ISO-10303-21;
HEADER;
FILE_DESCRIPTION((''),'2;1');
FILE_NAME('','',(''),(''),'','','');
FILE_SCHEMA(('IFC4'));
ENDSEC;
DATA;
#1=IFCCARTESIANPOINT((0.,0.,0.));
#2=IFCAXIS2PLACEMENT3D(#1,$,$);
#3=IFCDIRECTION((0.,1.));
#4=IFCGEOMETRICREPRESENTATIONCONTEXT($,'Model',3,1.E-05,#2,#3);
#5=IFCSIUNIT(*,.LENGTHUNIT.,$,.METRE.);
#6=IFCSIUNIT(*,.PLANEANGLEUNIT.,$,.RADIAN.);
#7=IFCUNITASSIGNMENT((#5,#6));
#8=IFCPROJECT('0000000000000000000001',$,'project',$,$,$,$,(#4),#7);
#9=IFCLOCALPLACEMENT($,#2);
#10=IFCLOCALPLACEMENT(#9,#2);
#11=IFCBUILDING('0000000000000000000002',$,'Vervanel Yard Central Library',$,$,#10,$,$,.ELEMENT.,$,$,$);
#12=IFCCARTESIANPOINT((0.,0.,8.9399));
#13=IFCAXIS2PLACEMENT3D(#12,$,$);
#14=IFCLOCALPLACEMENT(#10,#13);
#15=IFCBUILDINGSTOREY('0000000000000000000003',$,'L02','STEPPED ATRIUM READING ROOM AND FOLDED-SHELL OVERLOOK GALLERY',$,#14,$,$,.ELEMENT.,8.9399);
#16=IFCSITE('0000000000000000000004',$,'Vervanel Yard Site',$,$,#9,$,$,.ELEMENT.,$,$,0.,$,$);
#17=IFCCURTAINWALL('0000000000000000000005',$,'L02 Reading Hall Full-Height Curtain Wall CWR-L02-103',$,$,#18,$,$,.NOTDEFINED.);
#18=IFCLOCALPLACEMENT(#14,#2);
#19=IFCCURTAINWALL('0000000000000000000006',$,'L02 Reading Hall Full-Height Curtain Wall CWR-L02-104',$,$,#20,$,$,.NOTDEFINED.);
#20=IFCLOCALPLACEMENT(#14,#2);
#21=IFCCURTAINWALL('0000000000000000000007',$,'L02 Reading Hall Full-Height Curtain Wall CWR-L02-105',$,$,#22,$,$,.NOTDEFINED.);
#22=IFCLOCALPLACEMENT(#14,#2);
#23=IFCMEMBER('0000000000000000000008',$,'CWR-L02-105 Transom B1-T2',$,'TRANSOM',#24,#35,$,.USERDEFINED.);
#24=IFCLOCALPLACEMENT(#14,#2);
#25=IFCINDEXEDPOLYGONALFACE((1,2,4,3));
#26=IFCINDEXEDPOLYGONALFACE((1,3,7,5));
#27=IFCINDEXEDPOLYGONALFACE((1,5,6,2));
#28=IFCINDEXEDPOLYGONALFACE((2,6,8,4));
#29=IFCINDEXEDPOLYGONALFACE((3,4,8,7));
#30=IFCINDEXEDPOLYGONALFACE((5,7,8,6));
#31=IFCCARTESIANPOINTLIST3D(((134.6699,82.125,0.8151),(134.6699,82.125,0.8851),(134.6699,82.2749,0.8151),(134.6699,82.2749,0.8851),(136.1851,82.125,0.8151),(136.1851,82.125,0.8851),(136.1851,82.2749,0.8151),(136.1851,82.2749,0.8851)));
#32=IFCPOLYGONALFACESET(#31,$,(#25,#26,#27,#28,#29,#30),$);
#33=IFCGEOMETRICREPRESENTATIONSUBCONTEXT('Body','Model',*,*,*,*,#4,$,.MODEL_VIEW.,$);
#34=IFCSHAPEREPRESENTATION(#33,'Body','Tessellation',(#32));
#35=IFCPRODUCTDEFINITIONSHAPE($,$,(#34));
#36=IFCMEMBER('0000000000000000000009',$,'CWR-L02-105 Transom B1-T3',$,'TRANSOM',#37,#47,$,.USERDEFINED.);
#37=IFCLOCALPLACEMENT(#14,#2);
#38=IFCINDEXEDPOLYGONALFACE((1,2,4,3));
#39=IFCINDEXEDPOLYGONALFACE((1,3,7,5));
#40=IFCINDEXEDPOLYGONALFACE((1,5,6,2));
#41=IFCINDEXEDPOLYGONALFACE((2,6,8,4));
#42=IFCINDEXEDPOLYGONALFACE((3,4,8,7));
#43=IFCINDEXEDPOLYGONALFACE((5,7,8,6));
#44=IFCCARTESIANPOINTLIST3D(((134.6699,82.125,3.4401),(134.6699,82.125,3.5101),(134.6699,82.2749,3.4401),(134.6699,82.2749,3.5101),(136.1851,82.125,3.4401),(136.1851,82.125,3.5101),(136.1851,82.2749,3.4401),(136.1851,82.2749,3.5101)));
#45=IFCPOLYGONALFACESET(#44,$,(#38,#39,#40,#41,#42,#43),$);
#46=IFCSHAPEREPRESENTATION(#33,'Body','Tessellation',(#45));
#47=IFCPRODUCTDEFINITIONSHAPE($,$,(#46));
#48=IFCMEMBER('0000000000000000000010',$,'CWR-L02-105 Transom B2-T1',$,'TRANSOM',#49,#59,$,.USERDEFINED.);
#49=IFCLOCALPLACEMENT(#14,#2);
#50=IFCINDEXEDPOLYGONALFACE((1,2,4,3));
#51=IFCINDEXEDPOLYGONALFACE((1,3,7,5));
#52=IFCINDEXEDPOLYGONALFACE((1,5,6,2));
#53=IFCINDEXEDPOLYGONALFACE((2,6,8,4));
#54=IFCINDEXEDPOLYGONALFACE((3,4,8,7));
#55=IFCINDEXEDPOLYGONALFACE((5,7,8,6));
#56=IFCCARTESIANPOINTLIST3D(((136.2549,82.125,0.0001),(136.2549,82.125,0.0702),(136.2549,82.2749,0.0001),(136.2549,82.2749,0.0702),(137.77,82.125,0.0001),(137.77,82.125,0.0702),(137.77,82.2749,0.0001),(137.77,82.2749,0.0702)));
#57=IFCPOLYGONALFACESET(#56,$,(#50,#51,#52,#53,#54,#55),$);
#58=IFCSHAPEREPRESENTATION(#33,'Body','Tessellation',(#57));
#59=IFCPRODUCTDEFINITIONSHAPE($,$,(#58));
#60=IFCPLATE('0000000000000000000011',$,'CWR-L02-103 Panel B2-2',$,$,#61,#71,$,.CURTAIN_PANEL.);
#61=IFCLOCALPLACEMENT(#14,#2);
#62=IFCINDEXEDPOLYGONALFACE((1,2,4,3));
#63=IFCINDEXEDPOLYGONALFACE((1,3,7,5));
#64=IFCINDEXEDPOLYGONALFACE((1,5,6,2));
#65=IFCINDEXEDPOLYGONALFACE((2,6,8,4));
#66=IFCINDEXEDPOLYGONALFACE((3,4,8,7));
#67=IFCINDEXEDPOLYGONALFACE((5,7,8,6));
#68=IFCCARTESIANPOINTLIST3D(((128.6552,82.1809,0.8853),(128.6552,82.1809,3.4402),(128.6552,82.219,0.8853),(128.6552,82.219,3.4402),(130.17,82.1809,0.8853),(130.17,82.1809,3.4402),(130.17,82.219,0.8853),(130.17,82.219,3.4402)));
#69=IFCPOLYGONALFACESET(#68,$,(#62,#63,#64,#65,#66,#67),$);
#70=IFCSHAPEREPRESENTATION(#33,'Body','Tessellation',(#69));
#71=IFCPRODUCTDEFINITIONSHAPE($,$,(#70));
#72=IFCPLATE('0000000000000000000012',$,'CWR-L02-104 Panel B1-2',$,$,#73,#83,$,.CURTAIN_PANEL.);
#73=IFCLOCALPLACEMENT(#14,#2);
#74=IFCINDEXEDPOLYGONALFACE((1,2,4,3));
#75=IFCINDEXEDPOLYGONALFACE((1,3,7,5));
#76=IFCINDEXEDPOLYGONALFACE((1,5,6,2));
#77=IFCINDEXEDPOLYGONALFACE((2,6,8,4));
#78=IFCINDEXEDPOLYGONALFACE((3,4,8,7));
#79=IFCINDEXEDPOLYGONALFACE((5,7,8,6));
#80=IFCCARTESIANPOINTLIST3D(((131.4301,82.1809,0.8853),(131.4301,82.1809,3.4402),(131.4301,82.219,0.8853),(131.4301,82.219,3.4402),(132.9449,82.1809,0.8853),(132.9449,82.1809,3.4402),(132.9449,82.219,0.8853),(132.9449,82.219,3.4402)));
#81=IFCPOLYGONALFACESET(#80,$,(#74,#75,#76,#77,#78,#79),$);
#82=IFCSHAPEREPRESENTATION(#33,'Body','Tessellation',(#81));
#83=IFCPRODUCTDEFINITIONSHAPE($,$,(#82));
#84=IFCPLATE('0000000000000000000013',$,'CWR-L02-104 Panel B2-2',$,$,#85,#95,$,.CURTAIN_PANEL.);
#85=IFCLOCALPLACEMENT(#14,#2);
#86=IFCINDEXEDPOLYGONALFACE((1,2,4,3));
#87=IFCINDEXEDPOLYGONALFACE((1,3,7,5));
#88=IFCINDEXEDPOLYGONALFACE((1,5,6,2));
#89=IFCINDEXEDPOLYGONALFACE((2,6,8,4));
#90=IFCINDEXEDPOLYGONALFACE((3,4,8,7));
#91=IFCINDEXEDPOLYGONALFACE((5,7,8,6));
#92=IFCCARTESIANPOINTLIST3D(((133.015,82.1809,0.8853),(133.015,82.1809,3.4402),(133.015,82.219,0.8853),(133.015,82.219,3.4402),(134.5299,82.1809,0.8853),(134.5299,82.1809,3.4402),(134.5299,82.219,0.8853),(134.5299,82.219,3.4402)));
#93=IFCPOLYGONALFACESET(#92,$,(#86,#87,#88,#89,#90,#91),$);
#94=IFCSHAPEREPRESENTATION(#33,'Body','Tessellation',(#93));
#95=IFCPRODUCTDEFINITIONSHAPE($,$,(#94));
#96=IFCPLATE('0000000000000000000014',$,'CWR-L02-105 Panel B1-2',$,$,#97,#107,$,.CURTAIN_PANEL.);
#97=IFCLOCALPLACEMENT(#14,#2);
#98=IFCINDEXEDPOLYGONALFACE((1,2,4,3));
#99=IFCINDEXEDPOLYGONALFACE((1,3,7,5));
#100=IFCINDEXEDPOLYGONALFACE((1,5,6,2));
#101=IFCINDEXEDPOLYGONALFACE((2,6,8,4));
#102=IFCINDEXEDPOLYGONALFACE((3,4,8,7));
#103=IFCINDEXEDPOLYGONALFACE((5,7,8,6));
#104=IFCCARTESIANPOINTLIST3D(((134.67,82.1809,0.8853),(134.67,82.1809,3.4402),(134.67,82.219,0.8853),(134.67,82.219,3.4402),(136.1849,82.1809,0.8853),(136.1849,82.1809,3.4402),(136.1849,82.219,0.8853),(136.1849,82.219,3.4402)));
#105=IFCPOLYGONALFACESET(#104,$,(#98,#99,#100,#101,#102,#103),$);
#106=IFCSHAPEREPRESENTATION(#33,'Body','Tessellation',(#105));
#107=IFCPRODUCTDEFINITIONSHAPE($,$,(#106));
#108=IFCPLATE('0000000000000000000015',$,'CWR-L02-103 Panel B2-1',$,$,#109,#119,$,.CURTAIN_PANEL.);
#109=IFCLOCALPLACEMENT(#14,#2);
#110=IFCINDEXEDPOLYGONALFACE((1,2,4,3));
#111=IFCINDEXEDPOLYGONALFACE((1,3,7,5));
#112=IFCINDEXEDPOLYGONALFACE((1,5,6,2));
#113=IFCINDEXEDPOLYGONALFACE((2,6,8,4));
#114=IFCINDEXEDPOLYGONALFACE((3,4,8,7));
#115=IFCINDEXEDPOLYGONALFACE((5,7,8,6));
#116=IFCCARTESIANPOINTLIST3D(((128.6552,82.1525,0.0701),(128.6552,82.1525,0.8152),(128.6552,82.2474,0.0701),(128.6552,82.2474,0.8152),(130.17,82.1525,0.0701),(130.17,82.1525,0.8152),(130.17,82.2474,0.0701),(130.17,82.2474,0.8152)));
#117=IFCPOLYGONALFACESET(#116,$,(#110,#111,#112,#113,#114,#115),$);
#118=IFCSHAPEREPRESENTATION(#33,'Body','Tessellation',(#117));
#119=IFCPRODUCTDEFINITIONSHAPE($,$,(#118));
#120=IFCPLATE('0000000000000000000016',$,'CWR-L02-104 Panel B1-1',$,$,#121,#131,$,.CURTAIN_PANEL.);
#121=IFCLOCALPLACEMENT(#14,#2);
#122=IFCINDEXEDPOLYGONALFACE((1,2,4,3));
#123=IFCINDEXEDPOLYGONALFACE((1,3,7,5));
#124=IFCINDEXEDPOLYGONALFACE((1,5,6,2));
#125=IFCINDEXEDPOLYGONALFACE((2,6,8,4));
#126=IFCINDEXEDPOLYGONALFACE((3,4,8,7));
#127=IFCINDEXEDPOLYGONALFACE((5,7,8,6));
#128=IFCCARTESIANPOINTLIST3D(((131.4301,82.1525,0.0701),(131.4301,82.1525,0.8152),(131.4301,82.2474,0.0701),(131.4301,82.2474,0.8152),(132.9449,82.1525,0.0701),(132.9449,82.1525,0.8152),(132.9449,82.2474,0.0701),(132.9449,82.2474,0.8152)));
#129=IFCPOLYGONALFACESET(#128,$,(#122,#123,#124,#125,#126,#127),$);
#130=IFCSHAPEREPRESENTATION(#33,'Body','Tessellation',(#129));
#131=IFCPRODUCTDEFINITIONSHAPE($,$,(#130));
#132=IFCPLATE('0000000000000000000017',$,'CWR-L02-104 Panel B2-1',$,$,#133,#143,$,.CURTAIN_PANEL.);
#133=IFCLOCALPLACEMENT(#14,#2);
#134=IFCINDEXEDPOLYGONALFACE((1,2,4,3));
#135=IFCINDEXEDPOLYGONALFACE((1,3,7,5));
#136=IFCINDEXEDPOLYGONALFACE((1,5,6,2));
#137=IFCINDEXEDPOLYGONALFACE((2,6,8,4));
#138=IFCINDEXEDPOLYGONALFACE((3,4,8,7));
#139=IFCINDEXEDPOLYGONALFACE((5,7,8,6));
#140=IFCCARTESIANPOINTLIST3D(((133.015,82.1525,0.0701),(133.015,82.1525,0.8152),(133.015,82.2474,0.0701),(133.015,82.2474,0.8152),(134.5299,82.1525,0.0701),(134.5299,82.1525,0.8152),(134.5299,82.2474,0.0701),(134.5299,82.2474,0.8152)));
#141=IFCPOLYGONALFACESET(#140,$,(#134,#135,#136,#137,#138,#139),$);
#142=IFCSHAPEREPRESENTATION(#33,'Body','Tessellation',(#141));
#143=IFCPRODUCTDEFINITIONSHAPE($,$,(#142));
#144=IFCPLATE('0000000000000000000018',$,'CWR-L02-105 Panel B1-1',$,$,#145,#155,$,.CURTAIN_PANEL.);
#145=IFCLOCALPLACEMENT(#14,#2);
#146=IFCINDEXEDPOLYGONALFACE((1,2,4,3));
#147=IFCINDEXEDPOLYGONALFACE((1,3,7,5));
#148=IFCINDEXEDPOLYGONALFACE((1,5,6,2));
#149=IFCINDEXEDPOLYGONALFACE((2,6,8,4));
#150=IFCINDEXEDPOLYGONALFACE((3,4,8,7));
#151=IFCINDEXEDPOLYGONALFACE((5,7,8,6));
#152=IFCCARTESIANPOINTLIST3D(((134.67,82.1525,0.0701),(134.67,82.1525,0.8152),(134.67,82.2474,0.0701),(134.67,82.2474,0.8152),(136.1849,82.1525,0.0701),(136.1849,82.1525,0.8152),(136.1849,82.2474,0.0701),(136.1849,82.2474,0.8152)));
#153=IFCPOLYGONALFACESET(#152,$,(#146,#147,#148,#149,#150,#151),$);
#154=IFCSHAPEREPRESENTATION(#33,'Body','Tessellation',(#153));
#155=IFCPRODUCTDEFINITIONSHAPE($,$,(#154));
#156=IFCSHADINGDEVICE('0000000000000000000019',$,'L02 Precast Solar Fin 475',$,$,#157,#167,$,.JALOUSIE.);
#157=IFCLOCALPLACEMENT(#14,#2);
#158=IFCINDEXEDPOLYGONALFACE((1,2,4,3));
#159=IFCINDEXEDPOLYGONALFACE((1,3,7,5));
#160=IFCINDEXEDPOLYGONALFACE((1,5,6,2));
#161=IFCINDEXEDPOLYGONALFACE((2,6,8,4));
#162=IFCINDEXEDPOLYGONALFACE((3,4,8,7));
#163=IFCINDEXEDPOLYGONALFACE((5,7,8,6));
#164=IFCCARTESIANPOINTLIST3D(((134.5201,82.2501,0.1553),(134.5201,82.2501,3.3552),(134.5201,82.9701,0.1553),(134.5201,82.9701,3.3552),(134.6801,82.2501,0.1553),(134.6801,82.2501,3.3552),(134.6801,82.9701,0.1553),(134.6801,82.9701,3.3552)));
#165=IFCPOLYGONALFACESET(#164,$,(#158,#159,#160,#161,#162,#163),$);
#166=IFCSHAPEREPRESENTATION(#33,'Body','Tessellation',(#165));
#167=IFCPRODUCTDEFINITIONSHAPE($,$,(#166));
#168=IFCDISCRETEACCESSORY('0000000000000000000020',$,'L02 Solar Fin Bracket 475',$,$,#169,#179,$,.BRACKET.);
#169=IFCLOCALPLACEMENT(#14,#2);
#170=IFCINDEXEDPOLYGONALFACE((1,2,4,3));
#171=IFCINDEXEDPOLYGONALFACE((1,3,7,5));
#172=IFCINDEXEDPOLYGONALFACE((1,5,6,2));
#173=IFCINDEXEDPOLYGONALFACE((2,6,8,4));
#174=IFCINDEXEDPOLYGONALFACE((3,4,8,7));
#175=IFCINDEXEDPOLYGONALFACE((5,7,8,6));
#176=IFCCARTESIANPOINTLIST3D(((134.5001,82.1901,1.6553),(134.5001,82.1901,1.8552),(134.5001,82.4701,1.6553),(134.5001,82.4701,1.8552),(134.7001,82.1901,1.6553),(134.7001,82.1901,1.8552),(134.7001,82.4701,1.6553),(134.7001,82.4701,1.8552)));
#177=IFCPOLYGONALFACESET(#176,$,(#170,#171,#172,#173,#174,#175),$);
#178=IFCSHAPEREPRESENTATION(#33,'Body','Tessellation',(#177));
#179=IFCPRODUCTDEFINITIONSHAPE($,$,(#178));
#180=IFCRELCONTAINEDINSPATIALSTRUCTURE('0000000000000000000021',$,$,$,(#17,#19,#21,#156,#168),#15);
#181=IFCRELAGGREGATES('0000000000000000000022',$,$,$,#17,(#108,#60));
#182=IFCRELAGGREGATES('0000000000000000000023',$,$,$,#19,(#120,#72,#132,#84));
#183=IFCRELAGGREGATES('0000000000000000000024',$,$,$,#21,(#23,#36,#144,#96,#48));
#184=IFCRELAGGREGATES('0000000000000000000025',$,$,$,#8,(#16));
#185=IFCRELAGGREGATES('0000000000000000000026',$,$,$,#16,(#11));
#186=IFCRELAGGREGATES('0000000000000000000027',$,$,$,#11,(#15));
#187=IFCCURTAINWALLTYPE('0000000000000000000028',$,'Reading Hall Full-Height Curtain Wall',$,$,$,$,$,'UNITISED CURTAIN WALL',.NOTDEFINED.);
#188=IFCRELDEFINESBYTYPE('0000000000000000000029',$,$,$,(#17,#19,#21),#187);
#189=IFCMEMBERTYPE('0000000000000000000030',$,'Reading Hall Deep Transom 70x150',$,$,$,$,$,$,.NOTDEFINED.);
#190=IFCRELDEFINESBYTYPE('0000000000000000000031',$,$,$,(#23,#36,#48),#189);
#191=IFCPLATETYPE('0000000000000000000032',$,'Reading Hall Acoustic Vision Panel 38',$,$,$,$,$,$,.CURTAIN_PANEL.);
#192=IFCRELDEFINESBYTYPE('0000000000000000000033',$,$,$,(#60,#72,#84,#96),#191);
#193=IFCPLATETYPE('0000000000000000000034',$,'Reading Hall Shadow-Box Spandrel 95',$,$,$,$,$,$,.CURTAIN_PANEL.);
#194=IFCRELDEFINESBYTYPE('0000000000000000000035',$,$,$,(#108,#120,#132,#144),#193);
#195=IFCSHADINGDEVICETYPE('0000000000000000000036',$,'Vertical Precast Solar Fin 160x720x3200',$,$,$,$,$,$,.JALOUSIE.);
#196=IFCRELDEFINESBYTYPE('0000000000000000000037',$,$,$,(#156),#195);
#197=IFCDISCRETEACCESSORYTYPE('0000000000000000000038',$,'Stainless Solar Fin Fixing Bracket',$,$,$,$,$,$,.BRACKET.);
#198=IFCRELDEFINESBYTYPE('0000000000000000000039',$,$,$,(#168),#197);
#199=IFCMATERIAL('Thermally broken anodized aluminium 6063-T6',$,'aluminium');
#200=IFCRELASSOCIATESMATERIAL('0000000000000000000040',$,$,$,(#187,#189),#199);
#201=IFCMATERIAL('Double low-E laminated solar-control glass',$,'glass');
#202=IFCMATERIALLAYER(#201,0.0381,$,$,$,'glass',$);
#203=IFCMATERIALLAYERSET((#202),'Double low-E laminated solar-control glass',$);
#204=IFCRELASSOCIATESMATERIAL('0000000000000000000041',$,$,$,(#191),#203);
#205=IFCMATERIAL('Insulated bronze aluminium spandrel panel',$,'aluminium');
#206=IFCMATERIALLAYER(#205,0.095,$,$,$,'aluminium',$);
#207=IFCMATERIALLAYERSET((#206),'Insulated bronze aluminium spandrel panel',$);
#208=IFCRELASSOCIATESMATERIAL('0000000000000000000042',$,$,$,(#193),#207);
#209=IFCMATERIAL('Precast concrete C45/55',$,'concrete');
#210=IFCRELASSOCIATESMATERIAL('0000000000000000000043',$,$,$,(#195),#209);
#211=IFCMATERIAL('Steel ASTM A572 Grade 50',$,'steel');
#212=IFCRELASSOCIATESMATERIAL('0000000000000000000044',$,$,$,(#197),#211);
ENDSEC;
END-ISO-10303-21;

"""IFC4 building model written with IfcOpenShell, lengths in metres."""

from ifc_helpers import new_model, si_unit, direction, frame, origin, origin_2d, place, context, subcontext, project, spatial, rectangle, extrude, material, layer, layer_set, material_profile, profile_set, type_object, element, aggregate, save


model = new_model("IFC4")

# Units and contexts
model_context = context("Model", 3, precision=1e-05, world=origin(), true_north=direction((0.0, 1.0)))
body_context = subcontext(model_context, "Body", "Model", "MODEL_VIEW")
ifc_project = project(units=[si_unit("LENGTHUNIT", "METRE"), si_unit("PLANEANGLEUNIT", "RADIAN")], contexts=[model_context])

# Site, building, storey
site_placement = place(None, origin())
site = spatial("IfcSite", under=ifc_project, at=site_placement, Name="Vervanel Yard Site", CompositionType="ELEMENT", RefElevation=0.0)
building_placement = place(site_placement, origin())
building = spatial("IfcBuilding", under=site, at=building_placement, Name="Vervanel Yard Central Library", CompositionType="ELEMENT")
storey_placement = place(building_placement, frame((0.0, 0.0, 8.9399)))
storey = spatial("IfcBuildingStorey", under=building, at=storey_placement, Name="L02", Description="STEPPED ATRIUM READING ROOM AND FOLDED-SHELL OVERLOOK GALLERY", CompositionType="ELEMENT", Elevation=8.9399)

# Curtain wall
ifc_material_1 = material(Name="Thermally broken anodized aluminium 6063-T6", Category="aluminium")
curtain_wall_type = type_object("IfcCurtainWallType", Name="Reading Hall Full-Height Curtain Wall", ElementType="UNITISED CURTAIN WALL", PredefinedType="NOTDEFINED", material=ifc_material_1)
curtain_wall_1_placement = place(storey_placement, origin())
curtain_wall_1 = element("IfcCurtainWall", 1, at=curtain_wall_1_placement, inside=storey, type_object=curtain_wall_type, Name="L02 Reading Hall Full-Height Curtain Wall CWR-L02-103", PredefinedType="NOTDEFINED")

# Curtain walls
curtain_wall_2_placement = place(storey_placement, origin())
curtain_wall_2 = element("IfcCurtainWall", 2, at=curtain_wall_2_placement, inside=storey, type_object=curtain_wall_type, Name="L02 Reading Hall Full-Height Curtain Wall CWR-L02-104", PredefinedType="NOTDEFINED")
curtain_wall_3_placement = place(storey_placement, origin())
curtain_wall_3 = element("IfcCurtainWall", 3, at=curtain_wall_3_placement, inside=storey, type_object=curtain_wall_type, Name="L02 Reading Hall Full-Height Curtain Wall CWR-L02-105", PredefinedType="NOTDEFINED")

# Members
ifc_material_profile_1 = material_profile(ifc_material_1, rectangle(XDim=0.0701, YDim=0.1499, at=origin_2d()), Name="ALU 70x150", Category="aluminium")
ifc_profile_set_1 = profile_set([ifc_material_profile_1], Name="Thermally broken anodized aluminium 6063-T6")
member_type_1 = type_object("IfcMemberType", Name="Reading Hall Deep Transom 70x150", PredefinedType="NOTDEFINED", material=ifc_profile_set_1)
member_1_placement = place(storey_placement, frame((134.6699, 82.2, 0.8501), z_axis=(1.0, 0.0, 0.0), x_axis=(0.0, 0.0, 1.0)))
member_1 = element("IfcMember", 4, at=member_1_placement, type_object=member_type_1, Name="CWR-L02-105 Transom B1-T2", ObjectType="TRANSOM", PredefinedType="USERDEFINED", context=body_context, shape_type="SweptSolid", body=[
    extrude(rectangle(XDim=0.0701, YDim=0.1499, at=origin_2d()), origin(), (0.0, 0.0, 1.0), 1.5151),
])
member_2_placement = place(storey_placement, frame((134.6699, 82.2, 3.4751), z_axis=(1.0, 0.0, 0.0), x_axis=(0.0, 0.0, 1.0)))
member_2 = element("IfcMember", 5, at=member_2_placement, type_object=member_type_1, Name="CWR-L02-105 Transom B1-T3", ObjectType="TRANSOM", PredefinedType="USERDEFINED", context=body_context, shape_type="SweptSolid", body=[
    extrude(rectangle(XDim=0.0701, YDim=0.1499, at=origin_2d()), origin(), (0.0, 0.0, 1.0), 1.5151),
])
member_3_placement = place(storey_placement, frame((136.2549, 82.2, 0.0352), z_axis=(1.0, 0.0, 0.0), x_axis=(0.0, 0.0, 1.0)))
member_3 = element("IfcMember", 6, at=member_3_placement, type_object=member_type_1, Name="CWR-L02-105 Transom B2-T1", ObjectType="TRANSOM", PredefinedType="USERDEFINED", context=body_context, shape_type="SweptSolid", body=[
    extrude(rectangle(XDim=0.0701, YDim=0.1499, at=origin_2d()), origin(), (0.0, 0.0, 1.0), 1.5151),
])

# Plates
ifc_material_2 = material(Name="Double low-E laminated solar-control glass", Category="glass")
ifc_layer_1 = layer(ifc_material_2, 0.0381, Category="glass")
ifc_layer_set_1 = layer_set([ifc_layer_1], Name="Double low-E laminated solar-control glass")
plate_type_1 = type_object("IfcPlateType", Name="Reading Hall Acoustic Vision Panel 38", PredefinedType="CURTAIN_PANEL", material=ifc_layer_set_1)
plate_1_placement = place(storey_placement, frame((129.4126, 82.2, 0.8853), z_axis=(0.0, 0.0, 1.0), x_axis=(1.0, 0.0, 0.0)))
plate_1 = element("IfcPlate", 7, at=plate_1_placement, type_object=plate_type_1, Name="CWR-L02-103 Panel B2-2", PredefinedType="CURTAIN_PANEL", context=body_context, shape_type="SweptSolid", body=[
    extrude(rectangle(XDim=1.5149, YDim=0.0381, at=origin_2d()), origin(), (0.0, 0.0, 1.0), 2.5549),
])
plate_2_placement = place(storey_placement, frame((132.1875, 82.2, 0.8853), z_axis=(0.0, 0.0, 1.0), x_axis=(1.0, 0.0, 0.0)))
plate_2 = element("IfcPlate", 8, at=plate_2_placement, type_object=plate_type_1, Name="CWR-L02-104 Panel B1-2", PredefinedType="CURTAIN_PANEL", context=body_context, shape_type="SweptSolid", body=[
    extrude(rectangle(XDim=1.5149, YDim=0.0381, at=origin_2d()), origin(), (0.0, 0.0, 1.0), 2.5549),
])
plate_3_placement = place(storey_placement, frame((133.7725, 82.2, 0.8853), z_axis=(0.0, 0.0, 1.0), x_axis=(1.0, 0.0, 0.0)))
plate_3 = element("IfcPlate", 9, at=plate_3_placement, type_object=plate_type_1, Name="CWR-L02-104 Panel B2-2", PredefinedType="CURTAIN_PANEL", context=body_context, shape_type="SweptSolid", body=[
    extrude(rectangle(XDim=1.5149, YDim=0.0381, at=origin_2d()), origin(), (0.0, 0.0, 1.0), 2.5549),
])
plate_4_placement = place(storey_placement, frame((135.4275, 82.2, 0.8853), z_axis=(0.0, 0.0, 1.0), x_axis=(1.0, 0.0, 0.0)))
plate_4 = element("IfcPlate", 10, at=plate_4_placement, type_object=plate_type_1, Name="CWR-L02-105 Panel B1-2", PredefinedType="CURTAIN_PANEL", context=body_context, shape_type="SweptSolid", body=[
    extrude(rectangle(XDim=1.5149, YDim=0.0381, at=origin_2d()), origin(), (0.0, 0.0, 1.0), 2.5549),
])
ifc_material_3 = material(Name="Insulated bronze aluminium spandrel panel", Category="aluminium")
ifc_layer_2 = layer(ifc_material_3, 0.095, Category="aluminium")
ifc_layer_set_2 = layer_set([ifc_layer_2], Name="Insulated bronze aluminium spandrel panel")
plate_type_2 = type_object("IfcPlateType", Name="Reading Hall Shadow-Box Spandrel 95", PredefinedType="CURTAIN_PANEL", material=ifc_layer_set_2)
plate_5_placement = place(storey_placement, frame((129.4126, 82.2, 0.0701), z_axis=(0.0, 0.0, 1.0), x_axis=(1.0, 0.0, 0.0)))
plate_5 = element("IfcPlate", 11, at=plate_5_placement, type_object=plate_type_2, Name="CWR-L02-103 Panel B2-1", PredefinedType="CURTAIN_PANEL", context=body_context, shape_type="SweptSolid", body=[
    extrude(rectangle(XDim=1.5149, YDim=0.095, at=origin_2d()), origin(), (0.0, 0.0, 1.0), 0.7451),
])
aggregate(curtain_wall_1, [plate_5, plate_1])
plate_6_placement = place(storey_placement, frame((132.1875, 82.2, 0.0701), z_axis=(0.0, 0.0, 1.0), x_axis=(1.0, 0.0, 0.0)))
plate_6 = element("IfcPlate", 12, at=plate_6_placement, type_object=plate_type_2, Name="CWR-L02-104 Panel B1-1", PredefinedType="CURTAIN_PANEL", context=body_context, shape_type="SweptSolid", body=[
    extrude(rectangle(XDim=1.5149, YDim=0.095, at=origin_2d()), origin(), (0.0, 0.0, 1.0), 0.7451),
])
plate_7_placement = place(storey_placement, frame((133.7725, 82.2, 0.0701), z_axis=(0.0, 0.0, 1.0), x_axis=(1.0, 0.0, 0.0)))
plate_7 = element("IfcPlate", 13, at=plate_7_placement, type_object=plate_type_2, Name="CWR-L02-104 Panel B2-1", PredefinedType="CURTAIN_PANEL", context=body_context, shape_type="SweptSolid", body=[
    extrude(rectangle(XDim=1.5149, YDim=0.095, at=origin_2d()), origin(), (0.0, 0.0, 1.0), 0.7451),
])
aggregate(curtain_wall_2, [plate_6, plate_2, plate_7, plate_3])
plate_8_placement = place(storey_placement, frame((135.4275, 82.2, 0.0701), z_axis=(0.0, 0.0, 1.0), x_axis=(1.0, 0.0, 0.0)))
plate_8 = element("IfcPlate", 14, at=plate_8_placement, type_object=plate_type_2, Name="CWR-L02-105 Panel B1-1", PredefinedType="CURTAIN_PANEL", context=body_context, shape_type="SweptSolid", body=[
    extrude(rectangle(XDim=1.5149, YDim=0.095, at=origin_2d()), origin(), (0.0, 0.0, 1.0), 0.7451),
])
aggregate(curtain_wall_3, [member_1, member_2, plate_8, plate_4, member_3])

# Shading device
ifc_material_4 = material(Name="Precast concrete C45/55", Category="concrete")
shading_device_type = type_object("IfcShadingDeviceType", Name="Vertical Precast Solar Fin 160x720x3200", PredefinedType="JALOUSIE", material=ifc_material_4)
shading_device_placement = place(storey_placement, frame((134.6001, 82.6101, 0.1553), z_axis=(0.0, 0.0, 1.0), x_axis=(1.0, 0.0, 0.0)))
element("IfcShadingDevice", 15, at=shading_device_placement, inside=storey, type_object=shading_device_type, Name="L02 Precast Solar Fin 475", PredefinedType="JALOUSIE", context=body_context, shape_type="SweptSolid", body=[
    extrude(rectangle(XDim=0.1599, YDim=0.72, at=origin_2d()), origin(), (0.0, 0.0, 1.0), 3.2),
])

# Discrete accessory
ifc_material_5 = material(Name="Steel ASTM A572 Grade 50", Category="steel")
discrete_accessory_type = type_object("IfcDiscreteAccessoryType", Name="Stainless Solar Fin Fixing Bracket", PredefinedType="BRACKET", material=ifc_material_5)
discrete_accessory_placement = place(storey_placement, frame((134.6001, 82.3301, 1.6553), z_axis=(0.0, 0.0, 1.0), x_axis=(1.0, 0.0, 0.0)))
element("IfcDiscreteAccessory", 16, at=discrete_accessory_placement, inside=storey, type_object=discrete_accessory_type, Name="L02 Solar Fin Bracket 475", PredefinedType="BRACKET", context=body_context, shape_type="SweptSolid", body=[
    extrude(rectangle(XDim=0.2, YDim=0.28, at=origin_2d()), origin(), (0.0, 0.0, 1.0), 0.2),
])

save(model, "model.ifc")
